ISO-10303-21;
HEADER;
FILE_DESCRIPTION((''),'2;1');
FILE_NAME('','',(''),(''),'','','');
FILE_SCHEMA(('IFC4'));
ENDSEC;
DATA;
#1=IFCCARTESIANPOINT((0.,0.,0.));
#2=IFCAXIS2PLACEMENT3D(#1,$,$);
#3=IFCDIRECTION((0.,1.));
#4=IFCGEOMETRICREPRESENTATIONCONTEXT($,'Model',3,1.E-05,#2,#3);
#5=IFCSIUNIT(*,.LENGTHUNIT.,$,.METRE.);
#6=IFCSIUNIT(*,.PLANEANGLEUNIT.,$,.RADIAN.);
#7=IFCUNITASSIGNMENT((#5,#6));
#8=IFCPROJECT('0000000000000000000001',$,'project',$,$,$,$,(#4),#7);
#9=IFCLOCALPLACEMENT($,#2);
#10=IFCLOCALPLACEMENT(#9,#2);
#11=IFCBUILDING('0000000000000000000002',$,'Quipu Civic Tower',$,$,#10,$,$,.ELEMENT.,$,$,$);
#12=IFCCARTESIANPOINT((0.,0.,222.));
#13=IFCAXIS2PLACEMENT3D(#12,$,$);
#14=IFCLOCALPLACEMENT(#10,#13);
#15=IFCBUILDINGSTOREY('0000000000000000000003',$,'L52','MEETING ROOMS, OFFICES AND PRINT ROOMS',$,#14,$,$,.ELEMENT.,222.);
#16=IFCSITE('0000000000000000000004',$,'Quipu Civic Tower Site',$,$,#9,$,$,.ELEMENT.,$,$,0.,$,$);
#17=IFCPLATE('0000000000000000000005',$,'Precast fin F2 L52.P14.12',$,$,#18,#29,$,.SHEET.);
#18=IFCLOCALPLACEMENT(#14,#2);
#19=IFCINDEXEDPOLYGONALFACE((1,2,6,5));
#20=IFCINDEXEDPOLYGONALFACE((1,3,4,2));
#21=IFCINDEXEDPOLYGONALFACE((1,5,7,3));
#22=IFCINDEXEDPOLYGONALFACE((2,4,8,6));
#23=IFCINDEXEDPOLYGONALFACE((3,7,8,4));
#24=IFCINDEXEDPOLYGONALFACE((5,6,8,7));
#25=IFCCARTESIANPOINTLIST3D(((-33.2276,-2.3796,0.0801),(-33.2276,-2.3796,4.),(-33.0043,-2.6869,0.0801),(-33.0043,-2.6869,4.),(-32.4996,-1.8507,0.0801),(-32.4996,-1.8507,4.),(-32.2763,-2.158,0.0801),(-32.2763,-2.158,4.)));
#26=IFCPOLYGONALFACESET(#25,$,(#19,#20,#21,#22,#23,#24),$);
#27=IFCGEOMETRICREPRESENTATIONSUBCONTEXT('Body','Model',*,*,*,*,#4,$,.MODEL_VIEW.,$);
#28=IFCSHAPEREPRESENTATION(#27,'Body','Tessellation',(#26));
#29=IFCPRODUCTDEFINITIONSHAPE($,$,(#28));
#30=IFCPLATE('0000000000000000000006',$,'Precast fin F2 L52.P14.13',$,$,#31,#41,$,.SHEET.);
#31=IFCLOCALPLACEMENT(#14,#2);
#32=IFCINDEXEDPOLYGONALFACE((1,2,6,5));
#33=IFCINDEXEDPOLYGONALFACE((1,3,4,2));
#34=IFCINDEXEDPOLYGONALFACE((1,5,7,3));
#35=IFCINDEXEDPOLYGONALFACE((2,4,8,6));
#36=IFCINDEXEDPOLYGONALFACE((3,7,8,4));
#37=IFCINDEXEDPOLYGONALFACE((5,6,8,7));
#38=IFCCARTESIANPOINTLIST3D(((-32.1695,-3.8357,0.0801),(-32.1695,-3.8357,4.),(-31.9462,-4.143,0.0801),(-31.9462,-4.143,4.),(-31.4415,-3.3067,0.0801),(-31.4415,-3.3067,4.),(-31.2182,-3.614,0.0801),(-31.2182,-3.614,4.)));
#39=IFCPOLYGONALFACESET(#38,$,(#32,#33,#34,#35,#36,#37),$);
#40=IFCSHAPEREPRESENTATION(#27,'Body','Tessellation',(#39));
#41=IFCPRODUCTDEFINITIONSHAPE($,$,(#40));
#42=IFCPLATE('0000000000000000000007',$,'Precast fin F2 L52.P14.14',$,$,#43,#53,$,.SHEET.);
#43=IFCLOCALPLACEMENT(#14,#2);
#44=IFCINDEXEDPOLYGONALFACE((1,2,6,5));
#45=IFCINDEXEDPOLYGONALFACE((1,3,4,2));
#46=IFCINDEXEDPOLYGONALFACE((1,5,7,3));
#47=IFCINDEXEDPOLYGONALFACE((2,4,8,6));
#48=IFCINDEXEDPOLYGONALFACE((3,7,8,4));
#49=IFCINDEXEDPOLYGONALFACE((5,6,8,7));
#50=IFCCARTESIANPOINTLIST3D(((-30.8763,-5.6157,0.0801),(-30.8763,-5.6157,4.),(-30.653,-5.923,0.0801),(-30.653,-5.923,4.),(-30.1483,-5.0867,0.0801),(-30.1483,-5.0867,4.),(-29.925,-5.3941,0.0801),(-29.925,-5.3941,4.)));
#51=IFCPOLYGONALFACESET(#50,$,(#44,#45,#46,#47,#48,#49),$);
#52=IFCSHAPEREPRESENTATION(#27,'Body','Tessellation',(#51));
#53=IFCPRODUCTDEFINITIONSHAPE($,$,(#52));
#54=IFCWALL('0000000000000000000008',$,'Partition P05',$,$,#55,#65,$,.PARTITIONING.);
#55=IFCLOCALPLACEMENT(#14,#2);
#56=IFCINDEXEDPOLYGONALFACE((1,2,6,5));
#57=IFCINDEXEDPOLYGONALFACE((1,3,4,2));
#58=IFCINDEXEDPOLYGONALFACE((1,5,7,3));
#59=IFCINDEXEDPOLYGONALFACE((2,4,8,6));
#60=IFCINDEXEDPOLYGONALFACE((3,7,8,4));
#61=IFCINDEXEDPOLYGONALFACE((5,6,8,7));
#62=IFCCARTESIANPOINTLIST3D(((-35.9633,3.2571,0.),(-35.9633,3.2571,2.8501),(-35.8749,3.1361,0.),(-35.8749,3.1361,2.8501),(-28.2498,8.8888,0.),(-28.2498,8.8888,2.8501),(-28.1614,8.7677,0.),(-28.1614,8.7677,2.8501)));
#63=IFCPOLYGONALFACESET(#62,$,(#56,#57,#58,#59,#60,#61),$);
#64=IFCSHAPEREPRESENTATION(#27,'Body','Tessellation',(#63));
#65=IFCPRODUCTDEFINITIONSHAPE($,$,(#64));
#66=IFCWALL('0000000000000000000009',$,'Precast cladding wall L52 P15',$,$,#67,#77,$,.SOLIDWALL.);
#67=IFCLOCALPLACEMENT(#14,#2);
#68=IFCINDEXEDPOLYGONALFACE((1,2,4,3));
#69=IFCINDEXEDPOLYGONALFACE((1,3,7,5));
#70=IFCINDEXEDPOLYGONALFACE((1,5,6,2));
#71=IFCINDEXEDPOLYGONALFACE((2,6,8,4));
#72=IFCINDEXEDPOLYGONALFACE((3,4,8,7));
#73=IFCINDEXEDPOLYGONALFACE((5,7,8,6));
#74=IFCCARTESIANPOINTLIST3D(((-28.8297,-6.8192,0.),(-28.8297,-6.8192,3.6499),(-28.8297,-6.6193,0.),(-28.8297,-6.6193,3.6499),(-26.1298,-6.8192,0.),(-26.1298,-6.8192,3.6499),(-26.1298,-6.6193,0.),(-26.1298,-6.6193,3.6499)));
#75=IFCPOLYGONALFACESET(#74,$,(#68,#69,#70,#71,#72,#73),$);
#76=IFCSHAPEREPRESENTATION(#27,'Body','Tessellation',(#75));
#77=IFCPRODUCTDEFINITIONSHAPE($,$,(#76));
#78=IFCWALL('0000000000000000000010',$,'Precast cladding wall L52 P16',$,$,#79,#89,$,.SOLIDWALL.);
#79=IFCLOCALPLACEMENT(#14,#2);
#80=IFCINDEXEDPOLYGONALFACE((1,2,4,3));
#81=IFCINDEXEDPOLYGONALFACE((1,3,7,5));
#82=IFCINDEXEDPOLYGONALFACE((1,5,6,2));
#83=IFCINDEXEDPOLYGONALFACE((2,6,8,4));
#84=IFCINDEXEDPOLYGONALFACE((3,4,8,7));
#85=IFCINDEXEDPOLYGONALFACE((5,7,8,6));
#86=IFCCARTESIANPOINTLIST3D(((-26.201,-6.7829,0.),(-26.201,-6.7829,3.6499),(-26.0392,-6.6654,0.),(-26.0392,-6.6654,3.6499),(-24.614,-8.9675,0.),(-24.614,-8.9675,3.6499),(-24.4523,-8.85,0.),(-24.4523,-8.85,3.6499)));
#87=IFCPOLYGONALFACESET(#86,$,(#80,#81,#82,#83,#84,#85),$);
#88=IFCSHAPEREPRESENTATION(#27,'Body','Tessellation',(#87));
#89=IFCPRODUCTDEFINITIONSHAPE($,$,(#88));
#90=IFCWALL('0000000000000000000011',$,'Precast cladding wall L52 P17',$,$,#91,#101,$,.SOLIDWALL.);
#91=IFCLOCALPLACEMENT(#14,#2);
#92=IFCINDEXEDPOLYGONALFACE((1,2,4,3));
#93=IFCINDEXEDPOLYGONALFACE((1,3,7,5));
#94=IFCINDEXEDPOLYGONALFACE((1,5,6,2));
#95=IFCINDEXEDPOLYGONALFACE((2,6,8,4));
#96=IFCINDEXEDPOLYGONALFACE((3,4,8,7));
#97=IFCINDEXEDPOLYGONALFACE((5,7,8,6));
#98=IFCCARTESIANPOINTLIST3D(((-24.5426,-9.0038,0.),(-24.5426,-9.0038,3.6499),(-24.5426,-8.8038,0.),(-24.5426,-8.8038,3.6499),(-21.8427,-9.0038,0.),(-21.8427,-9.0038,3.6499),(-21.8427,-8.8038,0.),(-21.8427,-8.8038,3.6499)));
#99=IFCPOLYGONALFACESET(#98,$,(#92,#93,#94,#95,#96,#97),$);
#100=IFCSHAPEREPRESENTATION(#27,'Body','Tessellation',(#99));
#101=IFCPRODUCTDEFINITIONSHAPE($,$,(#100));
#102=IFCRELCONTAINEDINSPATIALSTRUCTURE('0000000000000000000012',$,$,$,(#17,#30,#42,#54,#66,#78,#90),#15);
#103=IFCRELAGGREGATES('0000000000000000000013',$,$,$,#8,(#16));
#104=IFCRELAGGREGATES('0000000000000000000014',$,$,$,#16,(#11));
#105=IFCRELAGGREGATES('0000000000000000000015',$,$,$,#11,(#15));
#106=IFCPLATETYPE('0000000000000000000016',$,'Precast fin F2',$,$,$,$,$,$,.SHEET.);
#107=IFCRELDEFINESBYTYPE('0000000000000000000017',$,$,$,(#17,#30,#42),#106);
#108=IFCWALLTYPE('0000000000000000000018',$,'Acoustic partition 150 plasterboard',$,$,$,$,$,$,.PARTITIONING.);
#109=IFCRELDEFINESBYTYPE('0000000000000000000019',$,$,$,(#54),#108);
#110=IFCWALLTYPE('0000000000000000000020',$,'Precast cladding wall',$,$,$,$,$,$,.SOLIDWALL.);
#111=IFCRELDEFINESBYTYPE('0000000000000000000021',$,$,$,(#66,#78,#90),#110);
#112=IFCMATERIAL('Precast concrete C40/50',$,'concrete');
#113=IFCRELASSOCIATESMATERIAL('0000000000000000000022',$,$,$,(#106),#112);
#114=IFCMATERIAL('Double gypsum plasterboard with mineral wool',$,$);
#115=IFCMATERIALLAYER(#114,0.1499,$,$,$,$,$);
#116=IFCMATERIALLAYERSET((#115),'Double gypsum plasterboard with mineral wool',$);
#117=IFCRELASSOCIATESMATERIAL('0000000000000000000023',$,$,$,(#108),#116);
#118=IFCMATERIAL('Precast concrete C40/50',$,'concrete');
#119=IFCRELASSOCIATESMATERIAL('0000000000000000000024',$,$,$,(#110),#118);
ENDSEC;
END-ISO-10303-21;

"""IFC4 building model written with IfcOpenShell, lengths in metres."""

from ifc_helpers import new_model, si_unit, direction, frame, frame_2d, origin, origin_2d, place, context, subcontext, project, spatial, rectangle, extrude, material, layer, layer_set, type_object, element, save


model = new_model("IFC4")

# Units and contexts
model_context = context("Model", 3, precision=1e-05, world=origin(), true_north=direction((0.0, 1.0)))
body_context = subcontext(model_context, "Body", "Model", "MODEL_VIEW")
ifc_project = project(units=[si_unit("LENGTHUNIT", "METRE"), si_unit("PLANEANGLEUNIT", "RADIAN")], contexts=[model_context])

# Site, building, storey
site_placement = place(None, origin())
site = spatial("IfcSite", under=ifc_project, at=site_placement, Name="Quipu Civic Tower Site", CompositionType="ELEMENT", RefElevation=0.0)
building_placement = place(site_placement, origin())
building = spatial("IfcBuilding", under=site, at=building_placement, Name="Quipu Civic Tower", CompositionType="ELEMENT")
storey_placement = place(building_placement, frame((0.0, 0.0, 222.0)))
storey = spatial("IfcBuildingStorey", under=building, at=storey_placement, Name="L52", Description="MEETING ROOMS, OFFICES AND PRINT ROOMS", CompositionType="ELEMENT", Elevation=222.0)

# Plates
ifc_material_1 = material(Name="Precast concrete C40/50", Category="concrete")
plate_type_1 = type_object("IfcPlateType", Name="Precast fin F2", PredefinedType="SHEET", material=ifc_material_1)
for number, where, z_axis, x_axis, name in (
    (1, (-32.752, -2.2688, 0.0801), (0.0, 0.0, 1.0), (0.587786, -0.809017, 0.0), "Precast fin F2 L52.P14.12"),
    (2, (-31.6938, -3.7249, 0.0801), (0.0, 0.0, 1.0), (0.587786, -0.809017, 0.0), "Precast fin F2 L52.P14.13"),
    (3, (-30.4006, -5.5049, 0.0801), (0.0, 0.0, 1.0), (0.587786, -0.809017, 0.0), "Precast fin F2 L52.P14.14"),
):
    element("IfcPlate", number, at=place(storey_placement, frame(where, z_axis=z_axis, x_axis=x_axis)), inside=storey, type_object=plate_type_1, Name=name, PredefinedType="SHEET", context=body_context, shape_type="SweptSolid", body=[
        extrude(rectangle(XDim=0.3799, YDim=0.8999, at=origin_2d()), origin(), (0.0, 0.0, 1.0), 3.9199),
    ])

# Walls
ifc_material_2 = material(Name="Double gypsum plasterboard with mineral wool")
ifc_layer_1 = layer(ifc_material_2, 0.1499)
ifc_layer_set_1 = layer_set([ifc_layer_1], Name="Double gypsum plasterboard with mineral wool")
wall_type_1 = type_object("IfcWallType", Name="Acoustic partition 150 plasterboard", PredefinedType="PARTITIONING", material=ifc_layer_set_1)
wall_1_placement = place(storey_placement, frame((-35.9192, 3.1965, 0.0), z_axis=(0.0, 0.0, 1.0), x_axis=(0.807646, 0.589668, 0.0)))
element("IfcWall", 4, at=wall_1_placement, inside=storey, type_object=wall_type_1, Name="Partition P05", PredefinedType="PARTITIONING", context=body_context, shape_type="SweptSolid", body=[
    extrude(rectangle(XDim=9.5505, YDim=0.1499, at=frame_2d((4.7754, 0.0))), origin(), (0.0, 0.0, 1.0), 2.8501),
])
ifc_material_3 = material(Name="Precast concrete C40/50", Category="concrete")
wall_type_2 = type_object("IfcWallType", Name="Precast cladding wall", PredefinedType="SOLIDWALL", material=ifc_material_3)
wall_2_placement = place(storey_placement, frame((-28.8298, -6.7192, 0.0), z_axis=(0.0, 0.0, 1.0), x_axis=(1.0, 0.0, 0.0)))
element("IfcWall", 5, at=wall_2_placement, inside=storey, type_object=wall_type_2, Name="Precast cladding wall L52 P15", PredefinedType="SOLIDWALL", context=body_context, shape_type="SweptSolid", body=[
    extrude(rectangle(XDim=2.7, YDim=0.2, at=frame_2d((1.3501, 0.0))), origin(), (0.0, 0.0, 1.0), 3.6499),
])
wall_3_placement = place(storey_placement, frame((-26.1201, -6.7241, 0.0), z_axis=(0.0, 0.0, 1.0), x_axis=(0.58772, -0.809064, 0.0)))
element("IfcWall", 6, at=wall_3_placement, inside=storey, type_object=wall_type_2, Name="Precast cladding wall L52 P16", PredefinedType="SOLIDWALL", context=body_context, shape_type="SweptSolid", body=[
    extrude(rectangle(XDim=2.7002, YDim=0.2, at=frame_2d((1.3501, 0.0))), origin(), (0.0, 0.0, 1.0), 3.6499),
])
wall_4_placement = place(storey_placement, frame((-24.5427, -8.9038, 0.0), z_axis=(0.0, 0.0, 1.0), x_axis=(1.0, 0.0, 0.0)))
element("IfcWall", 7, at=wall_4_placement, inside=storey, type_object=wall_type_2, Name="Precast cladding wall L52 P17", PredefinedType="SOLIDWALL", context=body_context, shape_type="SweptSolid", body=[
    extrude(rectangle(XDim=2.7, YDim=0.2, at=frame_2d((1.3501, 0.0))), origin(), (0.0, 0.0, 1.0), 3.6499),
])

save(model, "model.ifc")
